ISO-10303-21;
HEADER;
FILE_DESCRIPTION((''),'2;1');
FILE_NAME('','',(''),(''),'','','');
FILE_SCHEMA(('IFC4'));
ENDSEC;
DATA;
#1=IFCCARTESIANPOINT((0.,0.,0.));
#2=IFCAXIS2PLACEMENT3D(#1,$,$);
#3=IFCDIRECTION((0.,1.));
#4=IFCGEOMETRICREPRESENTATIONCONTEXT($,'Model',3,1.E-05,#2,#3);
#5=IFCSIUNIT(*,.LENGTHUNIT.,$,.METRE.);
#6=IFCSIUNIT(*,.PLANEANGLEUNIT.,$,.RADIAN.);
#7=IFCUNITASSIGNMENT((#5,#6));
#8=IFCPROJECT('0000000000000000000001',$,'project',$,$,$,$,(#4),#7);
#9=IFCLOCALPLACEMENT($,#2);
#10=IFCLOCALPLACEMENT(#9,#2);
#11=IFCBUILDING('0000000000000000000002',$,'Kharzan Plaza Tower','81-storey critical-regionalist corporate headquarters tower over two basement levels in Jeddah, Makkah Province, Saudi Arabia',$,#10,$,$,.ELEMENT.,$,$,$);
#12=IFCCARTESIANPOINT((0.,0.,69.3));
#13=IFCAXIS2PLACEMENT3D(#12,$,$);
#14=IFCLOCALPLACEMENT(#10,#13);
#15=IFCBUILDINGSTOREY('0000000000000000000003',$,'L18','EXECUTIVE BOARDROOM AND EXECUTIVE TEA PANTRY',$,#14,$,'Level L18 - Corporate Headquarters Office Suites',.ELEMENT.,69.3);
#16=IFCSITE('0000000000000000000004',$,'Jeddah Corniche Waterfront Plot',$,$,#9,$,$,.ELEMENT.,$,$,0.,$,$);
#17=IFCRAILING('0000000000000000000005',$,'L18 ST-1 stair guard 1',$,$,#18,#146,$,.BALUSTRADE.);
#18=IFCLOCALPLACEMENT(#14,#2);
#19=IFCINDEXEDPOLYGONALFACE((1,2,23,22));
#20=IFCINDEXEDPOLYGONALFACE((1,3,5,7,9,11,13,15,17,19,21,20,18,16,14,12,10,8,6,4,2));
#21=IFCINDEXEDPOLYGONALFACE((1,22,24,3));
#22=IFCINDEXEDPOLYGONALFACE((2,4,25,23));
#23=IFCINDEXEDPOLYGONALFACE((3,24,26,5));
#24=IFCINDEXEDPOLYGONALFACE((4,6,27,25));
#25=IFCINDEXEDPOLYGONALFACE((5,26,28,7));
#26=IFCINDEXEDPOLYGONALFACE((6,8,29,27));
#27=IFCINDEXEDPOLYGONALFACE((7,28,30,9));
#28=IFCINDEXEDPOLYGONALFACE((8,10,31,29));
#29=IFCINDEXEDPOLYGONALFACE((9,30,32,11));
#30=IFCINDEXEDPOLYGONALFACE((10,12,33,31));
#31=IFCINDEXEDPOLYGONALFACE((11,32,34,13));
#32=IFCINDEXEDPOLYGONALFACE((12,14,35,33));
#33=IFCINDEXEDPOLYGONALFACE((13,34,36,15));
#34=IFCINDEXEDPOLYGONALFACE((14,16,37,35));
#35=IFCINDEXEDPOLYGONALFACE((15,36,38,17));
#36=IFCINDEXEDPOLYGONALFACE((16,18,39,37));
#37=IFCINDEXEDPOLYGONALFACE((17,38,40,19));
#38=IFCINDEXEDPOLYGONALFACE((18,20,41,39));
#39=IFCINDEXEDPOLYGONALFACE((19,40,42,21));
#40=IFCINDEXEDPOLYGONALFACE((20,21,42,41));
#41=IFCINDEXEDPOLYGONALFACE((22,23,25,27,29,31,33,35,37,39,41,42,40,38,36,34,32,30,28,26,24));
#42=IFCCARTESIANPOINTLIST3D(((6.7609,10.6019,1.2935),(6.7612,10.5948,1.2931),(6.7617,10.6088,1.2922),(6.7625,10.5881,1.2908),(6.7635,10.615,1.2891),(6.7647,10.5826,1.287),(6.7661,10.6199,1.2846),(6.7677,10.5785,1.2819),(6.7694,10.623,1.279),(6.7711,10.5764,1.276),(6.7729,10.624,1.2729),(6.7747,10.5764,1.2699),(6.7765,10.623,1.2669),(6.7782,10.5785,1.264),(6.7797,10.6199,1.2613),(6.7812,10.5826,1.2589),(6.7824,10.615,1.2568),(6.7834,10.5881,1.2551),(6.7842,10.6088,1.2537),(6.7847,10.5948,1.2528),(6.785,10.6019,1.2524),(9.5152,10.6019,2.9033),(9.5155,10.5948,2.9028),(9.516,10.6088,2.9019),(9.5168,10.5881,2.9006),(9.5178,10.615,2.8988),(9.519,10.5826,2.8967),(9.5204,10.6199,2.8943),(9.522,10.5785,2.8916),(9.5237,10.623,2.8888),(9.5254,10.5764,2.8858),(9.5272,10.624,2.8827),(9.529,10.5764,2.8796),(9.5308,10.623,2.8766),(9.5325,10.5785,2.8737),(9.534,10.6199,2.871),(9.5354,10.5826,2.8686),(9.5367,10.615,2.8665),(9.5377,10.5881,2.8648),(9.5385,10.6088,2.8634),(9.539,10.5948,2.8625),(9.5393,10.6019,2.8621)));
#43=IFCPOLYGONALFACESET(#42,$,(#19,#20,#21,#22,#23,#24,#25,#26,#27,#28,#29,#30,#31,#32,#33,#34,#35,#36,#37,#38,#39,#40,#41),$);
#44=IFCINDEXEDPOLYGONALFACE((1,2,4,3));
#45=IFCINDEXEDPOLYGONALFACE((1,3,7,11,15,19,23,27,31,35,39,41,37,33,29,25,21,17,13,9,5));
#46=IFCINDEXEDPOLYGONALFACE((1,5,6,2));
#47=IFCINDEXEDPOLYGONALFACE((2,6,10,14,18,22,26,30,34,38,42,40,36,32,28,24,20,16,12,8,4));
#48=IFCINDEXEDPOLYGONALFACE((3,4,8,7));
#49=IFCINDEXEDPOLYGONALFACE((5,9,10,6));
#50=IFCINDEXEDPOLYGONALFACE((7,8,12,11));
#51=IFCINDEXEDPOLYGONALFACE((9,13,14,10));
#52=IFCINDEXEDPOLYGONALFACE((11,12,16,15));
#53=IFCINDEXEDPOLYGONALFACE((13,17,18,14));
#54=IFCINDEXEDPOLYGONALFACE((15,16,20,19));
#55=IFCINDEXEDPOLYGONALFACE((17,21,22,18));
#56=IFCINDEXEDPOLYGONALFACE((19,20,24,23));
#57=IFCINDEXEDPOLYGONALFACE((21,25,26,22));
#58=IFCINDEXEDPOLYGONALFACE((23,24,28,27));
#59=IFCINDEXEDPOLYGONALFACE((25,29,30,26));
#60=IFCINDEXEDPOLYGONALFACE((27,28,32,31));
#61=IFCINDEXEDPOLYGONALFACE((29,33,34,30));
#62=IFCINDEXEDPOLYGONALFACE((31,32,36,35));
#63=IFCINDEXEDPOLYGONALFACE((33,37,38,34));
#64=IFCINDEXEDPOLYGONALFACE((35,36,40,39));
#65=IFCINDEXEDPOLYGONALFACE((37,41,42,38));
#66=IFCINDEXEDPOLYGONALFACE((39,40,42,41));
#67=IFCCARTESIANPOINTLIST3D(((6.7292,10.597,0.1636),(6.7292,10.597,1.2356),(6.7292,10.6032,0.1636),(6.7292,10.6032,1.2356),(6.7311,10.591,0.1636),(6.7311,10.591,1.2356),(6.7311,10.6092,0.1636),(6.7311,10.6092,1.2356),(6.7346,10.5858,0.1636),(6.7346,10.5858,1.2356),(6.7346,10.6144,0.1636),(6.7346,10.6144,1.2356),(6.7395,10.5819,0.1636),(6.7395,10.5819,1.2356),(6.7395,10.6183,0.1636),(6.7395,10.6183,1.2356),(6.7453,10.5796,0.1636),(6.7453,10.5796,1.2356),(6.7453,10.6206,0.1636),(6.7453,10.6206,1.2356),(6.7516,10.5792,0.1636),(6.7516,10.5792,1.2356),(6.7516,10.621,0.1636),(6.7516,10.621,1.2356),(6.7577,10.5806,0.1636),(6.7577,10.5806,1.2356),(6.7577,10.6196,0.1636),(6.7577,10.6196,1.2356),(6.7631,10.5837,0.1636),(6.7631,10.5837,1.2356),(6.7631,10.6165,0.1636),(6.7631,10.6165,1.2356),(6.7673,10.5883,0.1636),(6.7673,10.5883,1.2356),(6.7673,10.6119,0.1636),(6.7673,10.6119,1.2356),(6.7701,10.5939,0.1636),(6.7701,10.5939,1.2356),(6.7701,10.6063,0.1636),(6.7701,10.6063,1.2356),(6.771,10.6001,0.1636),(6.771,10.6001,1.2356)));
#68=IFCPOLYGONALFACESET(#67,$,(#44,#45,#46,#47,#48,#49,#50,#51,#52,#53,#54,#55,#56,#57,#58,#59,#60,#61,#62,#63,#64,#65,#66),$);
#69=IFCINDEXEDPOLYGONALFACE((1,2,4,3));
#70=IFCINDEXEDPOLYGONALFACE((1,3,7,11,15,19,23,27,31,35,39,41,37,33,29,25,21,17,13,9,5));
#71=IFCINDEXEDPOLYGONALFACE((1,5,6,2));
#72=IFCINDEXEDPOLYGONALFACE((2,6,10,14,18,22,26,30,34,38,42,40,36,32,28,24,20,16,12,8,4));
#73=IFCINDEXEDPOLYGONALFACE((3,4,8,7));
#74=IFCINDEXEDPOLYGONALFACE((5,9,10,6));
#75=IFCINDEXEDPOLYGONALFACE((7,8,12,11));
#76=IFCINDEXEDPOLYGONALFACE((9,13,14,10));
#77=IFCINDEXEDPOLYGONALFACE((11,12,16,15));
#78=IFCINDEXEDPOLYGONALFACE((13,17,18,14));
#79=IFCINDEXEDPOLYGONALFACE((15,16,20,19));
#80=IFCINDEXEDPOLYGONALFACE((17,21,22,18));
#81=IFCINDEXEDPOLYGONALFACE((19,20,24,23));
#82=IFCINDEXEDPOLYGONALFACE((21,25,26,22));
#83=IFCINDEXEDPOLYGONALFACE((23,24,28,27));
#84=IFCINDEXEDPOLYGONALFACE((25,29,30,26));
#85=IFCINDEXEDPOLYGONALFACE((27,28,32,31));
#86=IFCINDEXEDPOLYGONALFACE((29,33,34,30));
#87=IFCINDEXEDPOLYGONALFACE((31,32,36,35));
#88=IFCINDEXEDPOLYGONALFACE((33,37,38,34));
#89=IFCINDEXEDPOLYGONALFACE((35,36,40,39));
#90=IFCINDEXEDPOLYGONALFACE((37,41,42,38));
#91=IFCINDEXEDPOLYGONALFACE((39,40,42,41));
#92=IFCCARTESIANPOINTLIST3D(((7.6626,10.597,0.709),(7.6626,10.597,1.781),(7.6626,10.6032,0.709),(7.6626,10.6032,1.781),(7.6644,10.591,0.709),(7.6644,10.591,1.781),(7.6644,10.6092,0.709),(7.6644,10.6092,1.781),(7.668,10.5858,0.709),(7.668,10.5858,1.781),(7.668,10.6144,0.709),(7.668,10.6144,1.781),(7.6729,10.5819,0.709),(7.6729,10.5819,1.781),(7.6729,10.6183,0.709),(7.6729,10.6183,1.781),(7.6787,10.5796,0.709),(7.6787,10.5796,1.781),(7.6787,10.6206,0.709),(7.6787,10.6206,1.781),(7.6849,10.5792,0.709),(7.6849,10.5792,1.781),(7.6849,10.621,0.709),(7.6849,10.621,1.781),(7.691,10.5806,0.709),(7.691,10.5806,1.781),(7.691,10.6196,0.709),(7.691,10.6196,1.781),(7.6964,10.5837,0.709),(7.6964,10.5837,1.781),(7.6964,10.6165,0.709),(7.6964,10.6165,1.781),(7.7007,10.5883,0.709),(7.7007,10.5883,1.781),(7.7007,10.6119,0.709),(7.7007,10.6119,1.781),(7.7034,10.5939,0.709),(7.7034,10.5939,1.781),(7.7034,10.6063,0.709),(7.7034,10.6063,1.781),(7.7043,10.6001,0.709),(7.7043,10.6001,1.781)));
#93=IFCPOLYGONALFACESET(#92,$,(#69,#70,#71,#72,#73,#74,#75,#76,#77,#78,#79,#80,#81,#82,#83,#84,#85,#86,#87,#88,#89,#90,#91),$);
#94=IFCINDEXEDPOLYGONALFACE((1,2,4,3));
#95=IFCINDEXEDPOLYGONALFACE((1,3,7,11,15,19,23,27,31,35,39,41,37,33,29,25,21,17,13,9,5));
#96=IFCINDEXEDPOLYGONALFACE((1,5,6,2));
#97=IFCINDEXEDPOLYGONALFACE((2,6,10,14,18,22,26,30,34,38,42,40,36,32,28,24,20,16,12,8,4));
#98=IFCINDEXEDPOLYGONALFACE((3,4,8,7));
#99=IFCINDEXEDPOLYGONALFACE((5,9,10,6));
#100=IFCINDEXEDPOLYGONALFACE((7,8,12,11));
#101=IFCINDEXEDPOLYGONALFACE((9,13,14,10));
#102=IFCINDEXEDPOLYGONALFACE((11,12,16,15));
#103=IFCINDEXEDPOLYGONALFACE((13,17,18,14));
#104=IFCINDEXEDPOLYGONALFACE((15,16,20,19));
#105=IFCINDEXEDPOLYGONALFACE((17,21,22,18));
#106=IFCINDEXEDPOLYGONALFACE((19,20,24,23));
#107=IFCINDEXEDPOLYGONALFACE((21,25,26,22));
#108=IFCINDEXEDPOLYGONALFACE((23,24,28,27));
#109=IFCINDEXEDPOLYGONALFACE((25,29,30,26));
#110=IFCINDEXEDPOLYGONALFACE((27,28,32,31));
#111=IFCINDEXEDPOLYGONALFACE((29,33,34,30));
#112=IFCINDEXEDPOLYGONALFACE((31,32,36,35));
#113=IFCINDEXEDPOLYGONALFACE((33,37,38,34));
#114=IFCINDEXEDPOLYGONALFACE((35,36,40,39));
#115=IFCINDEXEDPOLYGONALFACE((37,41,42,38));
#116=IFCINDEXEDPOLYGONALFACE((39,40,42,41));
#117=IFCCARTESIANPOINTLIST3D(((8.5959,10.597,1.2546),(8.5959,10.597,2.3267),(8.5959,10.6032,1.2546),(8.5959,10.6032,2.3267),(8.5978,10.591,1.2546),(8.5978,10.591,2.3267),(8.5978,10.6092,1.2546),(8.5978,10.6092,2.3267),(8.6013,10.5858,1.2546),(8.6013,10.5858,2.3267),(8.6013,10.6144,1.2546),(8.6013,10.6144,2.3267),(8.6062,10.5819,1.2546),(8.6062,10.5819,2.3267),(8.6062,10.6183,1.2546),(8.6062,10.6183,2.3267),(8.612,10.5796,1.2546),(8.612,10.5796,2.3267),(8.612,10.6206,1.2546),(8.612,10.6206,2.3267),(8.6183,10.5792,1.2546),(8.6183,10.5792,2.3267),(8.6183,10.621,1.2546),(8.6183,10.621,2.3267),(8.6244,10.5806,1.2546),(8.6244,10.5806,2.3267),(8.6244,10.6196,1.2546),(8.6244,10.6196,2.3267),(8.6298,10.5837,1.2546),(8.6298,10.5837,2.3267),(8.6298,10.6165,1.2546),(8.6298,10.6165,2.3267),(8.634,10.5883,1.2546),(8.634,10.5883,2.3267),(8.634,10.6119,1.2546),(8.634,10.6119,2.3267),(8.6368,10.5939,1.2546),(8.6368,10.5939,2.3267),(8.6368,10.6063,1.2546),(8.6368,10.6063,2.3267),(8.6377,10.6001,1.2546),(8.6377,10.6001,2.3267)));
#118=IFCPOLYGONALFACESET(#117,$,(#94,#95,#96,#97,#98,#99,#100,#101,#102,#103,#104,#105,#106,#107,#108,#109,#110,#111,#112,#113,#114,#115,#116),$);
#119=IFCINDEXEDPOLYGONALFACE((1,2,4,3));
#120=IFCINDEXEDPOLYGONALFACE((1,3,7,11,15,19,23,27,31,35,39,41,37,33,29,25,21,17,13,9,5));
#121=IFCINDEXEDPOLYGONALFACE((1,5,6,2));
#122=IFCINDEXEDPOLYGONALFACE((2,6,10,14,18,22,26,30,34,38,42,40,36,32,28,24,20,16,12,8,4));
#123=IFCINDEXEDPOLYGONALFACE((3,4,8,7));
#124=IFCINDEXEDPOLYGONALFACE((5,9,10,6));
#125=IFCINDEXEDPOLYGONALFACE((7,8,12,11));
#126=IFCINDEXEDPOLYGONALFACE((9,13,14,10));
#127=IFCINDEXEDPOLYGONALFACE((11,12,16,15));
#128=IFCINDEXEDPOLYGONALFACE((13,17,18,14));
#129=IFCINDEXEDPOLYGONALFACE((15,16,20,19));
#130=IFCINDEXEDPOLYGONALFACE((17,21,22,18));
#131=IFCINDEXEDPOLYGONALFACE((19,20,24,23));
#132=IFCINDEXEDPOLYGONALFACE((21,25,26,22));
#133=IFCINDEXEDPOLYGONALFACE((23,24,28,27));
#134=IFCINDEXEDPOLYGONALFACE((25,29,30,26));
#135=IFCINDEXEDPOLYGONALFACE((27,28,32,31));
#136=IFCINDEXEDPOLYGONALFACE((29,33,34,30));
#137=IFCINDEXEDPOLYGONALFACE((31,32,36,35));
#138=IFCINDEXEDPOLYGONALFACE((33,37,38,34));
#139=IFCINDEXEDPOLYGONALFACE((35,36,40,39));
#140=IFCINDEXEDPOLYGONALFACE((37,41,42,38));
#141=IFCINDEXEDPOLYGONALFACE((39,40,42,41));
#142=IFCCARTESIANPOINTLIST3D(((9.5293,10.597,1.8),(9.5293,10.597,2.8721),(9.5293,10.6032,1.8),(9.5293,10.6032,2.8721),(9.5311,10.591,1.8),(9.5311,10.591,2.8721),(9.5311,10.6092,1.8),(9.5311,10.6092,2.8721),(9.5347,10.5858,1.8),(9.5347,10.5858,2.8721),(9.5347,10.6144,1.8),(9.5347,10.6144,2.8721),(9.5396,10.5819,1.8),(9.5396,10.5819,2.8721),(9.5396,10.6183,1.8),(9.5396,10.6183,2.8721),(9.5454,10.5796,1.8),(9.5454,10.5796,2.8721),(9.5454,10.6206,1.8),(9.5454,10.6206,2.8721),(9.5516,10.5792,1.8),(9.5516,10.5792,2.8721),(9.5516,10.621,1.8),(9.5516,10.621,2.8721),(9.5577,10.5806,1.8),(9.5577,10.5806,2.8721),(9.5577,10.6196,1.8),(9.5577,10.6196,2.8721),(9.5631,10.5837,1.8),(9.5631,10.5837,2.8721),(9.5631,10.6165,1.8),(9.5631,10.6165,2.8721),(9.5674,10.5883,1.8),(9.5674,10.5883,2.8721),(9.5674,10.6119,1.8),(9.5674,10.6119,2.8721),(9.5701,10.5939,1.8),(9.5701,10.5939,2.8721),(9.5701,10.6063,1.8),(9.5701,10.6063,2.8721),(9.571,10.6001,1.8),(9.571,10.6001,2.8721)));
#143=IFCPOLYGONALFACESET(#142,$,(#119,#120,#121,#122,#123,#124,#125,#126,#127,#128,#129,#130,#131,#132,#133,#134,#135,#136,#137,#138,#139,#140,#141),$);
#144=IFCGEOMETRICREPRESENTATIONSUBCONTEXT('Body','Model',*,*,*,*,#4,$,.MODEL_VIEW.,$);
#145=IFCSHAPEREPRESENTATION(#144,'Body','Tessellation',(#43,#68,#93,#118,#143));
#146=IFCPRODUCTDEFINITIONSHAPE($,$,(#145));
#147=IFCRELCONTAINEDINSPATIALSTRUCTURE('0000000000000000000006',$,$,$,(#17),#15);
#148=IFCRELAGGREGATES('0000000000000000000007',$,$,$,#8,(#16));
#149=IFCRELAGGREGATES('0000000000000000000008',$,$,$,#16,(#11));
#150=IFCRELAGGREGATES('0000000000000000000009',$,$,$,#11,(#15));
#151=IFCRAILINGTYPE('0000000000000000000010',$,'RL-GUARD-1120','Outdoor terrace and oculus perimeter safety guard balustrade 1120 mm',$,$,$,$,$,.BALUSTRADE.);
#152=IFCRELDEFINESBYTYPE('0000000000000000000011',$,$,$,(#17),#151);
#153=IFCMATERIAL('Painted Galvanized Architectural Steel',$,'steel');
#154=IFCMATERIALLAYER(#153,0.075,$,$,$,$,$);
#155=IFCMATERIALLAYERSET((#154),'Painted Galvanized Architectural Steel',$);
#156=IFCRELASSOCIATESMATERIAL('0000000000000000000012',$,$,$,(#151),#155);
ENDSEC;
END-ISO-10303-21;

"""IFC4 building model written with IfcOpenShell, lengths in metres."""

from ifc_helpers import new_model, si_unit, direction, frame, origin, origin_2d, place, context, subcontext, project, spatial, circle, extrude, source, transform, mapped, material, layer, layer_set, type_object, element, save


model = new_model("IFC4")

# Units and contexts
model_context = context("Model", 3, precision=1e-05, world=origin(), true_north=direction((0.0, 1.0)))
body_context = subcontext(model_context, "Body", "Model", "MODEL_VIEW")
ifc_project = project(units=[si_unit("LENGTHUNIT", "METRE"), si_unit("PLANEANGLEUNIT", "RADIAN")], contexts=[model_context])

# Site, building, storey
site_placement = place(None, origin())
site = spatial("IfcSite", under=ifc_project, at=site_placement, Name="Jeddah Corniche Waterfront Plot", CompositionType="ELEMENT", RefElevation=0.0)
building_placement = place(site_placement, origin())
building = spatial("IfcBuilding", under=site, at=building_placement, Name="Kharzan Plaza Tower", Description="81-storey critical-regionalist corporate headquarters tower over two basement levels in Jeddah, Makkah Province, Saudi Arabia", CompositionType="ELEMENT")
storey_placement = place(building_placement, frame((0.0, 0.0, 69.3)))
storey = spatial("IfcBuildingStorey", under=building, at=storey_placement, Name="L18", Description="EXECUTIVE BOARDROOM AND EXECUTIVE TEA PANTRY", LongName="Level L18 - Corporate Headquarters Office Suites", CompositionType="ELEMENT", Elevation=69.3)

# Shared definitions
ifc_material_1 = material(Name="Painted Galvanized Architectural Steel", Category="steel")
ifc_layer_1 = layer(ifc_material_1, 0.075)
ifc_layer_set_1 = layer_set([ifc_layer_1], Name="Painted Galvanized Architectural Steel")
railing_type = type_object("IfcRailingType", Name="RL-GUARD-1120", Description="Outdoor terrace and oculus perimeter safety guard balustrade 1120 mm", PredefinedType="BALUSTRADE", material=ifc_layer_set_1)

# Railing
shared_shape_1 = source(origin(), body_context, "Body", "SweptSolid", [
    extrude(circle(Radius=0.0239, at=origin_2d()), frame((0.0229, 0.0, 1.1094), z_axis=(0.863361, 0.0, 0.504587), x_axis=(0.0, 1.0, 0.0)), (0.0, 0.0, 1.0), 3.1902),
    extrude(circle(Radius=0.021, at=origin_2d()), origin(), (0.0, 0.0, 1.0), 1.072),
    extrude(circle(Radius=0.021, at=origin_2d()), frame((0.9333, 0.0, 0.5454)), (0.0, 0.0, 1.0), 1.072),
    extrude(circle(Radius=0.021, at=origin_2d()), frame((1.8667, 0.0, 1.0911)), (0.0, 0.0, 1.0), 1.072),
    extrude(circle(Radius=0.021, at=origin_2d()), frame((2.8, 0.0, 1.6365)), (0.0, 0.0, 1.0), 1.072),
])
railing_1_placement = place(storey_placement, frame((6.75, 10.6001, 0.1636)))
element("IfcRailing", 1, at=railing_1_placement, inside=storey, type_object=railing_type, Name="L18 ST-1 stair guard 1", PredefinedType="BALUSTRADE", context=body_context, shape_type="MappedRepresentation", body=[
    mapped(shared_shape_1, transform((0.0, 0.0, 0.0), x_axis=(1.0, 0.0, 0.0), y_axis=(0.0, 1.0, 0.0), z_axis=(0.0, 0.0, 1.0))),
])

save(model, "model.ifc")
